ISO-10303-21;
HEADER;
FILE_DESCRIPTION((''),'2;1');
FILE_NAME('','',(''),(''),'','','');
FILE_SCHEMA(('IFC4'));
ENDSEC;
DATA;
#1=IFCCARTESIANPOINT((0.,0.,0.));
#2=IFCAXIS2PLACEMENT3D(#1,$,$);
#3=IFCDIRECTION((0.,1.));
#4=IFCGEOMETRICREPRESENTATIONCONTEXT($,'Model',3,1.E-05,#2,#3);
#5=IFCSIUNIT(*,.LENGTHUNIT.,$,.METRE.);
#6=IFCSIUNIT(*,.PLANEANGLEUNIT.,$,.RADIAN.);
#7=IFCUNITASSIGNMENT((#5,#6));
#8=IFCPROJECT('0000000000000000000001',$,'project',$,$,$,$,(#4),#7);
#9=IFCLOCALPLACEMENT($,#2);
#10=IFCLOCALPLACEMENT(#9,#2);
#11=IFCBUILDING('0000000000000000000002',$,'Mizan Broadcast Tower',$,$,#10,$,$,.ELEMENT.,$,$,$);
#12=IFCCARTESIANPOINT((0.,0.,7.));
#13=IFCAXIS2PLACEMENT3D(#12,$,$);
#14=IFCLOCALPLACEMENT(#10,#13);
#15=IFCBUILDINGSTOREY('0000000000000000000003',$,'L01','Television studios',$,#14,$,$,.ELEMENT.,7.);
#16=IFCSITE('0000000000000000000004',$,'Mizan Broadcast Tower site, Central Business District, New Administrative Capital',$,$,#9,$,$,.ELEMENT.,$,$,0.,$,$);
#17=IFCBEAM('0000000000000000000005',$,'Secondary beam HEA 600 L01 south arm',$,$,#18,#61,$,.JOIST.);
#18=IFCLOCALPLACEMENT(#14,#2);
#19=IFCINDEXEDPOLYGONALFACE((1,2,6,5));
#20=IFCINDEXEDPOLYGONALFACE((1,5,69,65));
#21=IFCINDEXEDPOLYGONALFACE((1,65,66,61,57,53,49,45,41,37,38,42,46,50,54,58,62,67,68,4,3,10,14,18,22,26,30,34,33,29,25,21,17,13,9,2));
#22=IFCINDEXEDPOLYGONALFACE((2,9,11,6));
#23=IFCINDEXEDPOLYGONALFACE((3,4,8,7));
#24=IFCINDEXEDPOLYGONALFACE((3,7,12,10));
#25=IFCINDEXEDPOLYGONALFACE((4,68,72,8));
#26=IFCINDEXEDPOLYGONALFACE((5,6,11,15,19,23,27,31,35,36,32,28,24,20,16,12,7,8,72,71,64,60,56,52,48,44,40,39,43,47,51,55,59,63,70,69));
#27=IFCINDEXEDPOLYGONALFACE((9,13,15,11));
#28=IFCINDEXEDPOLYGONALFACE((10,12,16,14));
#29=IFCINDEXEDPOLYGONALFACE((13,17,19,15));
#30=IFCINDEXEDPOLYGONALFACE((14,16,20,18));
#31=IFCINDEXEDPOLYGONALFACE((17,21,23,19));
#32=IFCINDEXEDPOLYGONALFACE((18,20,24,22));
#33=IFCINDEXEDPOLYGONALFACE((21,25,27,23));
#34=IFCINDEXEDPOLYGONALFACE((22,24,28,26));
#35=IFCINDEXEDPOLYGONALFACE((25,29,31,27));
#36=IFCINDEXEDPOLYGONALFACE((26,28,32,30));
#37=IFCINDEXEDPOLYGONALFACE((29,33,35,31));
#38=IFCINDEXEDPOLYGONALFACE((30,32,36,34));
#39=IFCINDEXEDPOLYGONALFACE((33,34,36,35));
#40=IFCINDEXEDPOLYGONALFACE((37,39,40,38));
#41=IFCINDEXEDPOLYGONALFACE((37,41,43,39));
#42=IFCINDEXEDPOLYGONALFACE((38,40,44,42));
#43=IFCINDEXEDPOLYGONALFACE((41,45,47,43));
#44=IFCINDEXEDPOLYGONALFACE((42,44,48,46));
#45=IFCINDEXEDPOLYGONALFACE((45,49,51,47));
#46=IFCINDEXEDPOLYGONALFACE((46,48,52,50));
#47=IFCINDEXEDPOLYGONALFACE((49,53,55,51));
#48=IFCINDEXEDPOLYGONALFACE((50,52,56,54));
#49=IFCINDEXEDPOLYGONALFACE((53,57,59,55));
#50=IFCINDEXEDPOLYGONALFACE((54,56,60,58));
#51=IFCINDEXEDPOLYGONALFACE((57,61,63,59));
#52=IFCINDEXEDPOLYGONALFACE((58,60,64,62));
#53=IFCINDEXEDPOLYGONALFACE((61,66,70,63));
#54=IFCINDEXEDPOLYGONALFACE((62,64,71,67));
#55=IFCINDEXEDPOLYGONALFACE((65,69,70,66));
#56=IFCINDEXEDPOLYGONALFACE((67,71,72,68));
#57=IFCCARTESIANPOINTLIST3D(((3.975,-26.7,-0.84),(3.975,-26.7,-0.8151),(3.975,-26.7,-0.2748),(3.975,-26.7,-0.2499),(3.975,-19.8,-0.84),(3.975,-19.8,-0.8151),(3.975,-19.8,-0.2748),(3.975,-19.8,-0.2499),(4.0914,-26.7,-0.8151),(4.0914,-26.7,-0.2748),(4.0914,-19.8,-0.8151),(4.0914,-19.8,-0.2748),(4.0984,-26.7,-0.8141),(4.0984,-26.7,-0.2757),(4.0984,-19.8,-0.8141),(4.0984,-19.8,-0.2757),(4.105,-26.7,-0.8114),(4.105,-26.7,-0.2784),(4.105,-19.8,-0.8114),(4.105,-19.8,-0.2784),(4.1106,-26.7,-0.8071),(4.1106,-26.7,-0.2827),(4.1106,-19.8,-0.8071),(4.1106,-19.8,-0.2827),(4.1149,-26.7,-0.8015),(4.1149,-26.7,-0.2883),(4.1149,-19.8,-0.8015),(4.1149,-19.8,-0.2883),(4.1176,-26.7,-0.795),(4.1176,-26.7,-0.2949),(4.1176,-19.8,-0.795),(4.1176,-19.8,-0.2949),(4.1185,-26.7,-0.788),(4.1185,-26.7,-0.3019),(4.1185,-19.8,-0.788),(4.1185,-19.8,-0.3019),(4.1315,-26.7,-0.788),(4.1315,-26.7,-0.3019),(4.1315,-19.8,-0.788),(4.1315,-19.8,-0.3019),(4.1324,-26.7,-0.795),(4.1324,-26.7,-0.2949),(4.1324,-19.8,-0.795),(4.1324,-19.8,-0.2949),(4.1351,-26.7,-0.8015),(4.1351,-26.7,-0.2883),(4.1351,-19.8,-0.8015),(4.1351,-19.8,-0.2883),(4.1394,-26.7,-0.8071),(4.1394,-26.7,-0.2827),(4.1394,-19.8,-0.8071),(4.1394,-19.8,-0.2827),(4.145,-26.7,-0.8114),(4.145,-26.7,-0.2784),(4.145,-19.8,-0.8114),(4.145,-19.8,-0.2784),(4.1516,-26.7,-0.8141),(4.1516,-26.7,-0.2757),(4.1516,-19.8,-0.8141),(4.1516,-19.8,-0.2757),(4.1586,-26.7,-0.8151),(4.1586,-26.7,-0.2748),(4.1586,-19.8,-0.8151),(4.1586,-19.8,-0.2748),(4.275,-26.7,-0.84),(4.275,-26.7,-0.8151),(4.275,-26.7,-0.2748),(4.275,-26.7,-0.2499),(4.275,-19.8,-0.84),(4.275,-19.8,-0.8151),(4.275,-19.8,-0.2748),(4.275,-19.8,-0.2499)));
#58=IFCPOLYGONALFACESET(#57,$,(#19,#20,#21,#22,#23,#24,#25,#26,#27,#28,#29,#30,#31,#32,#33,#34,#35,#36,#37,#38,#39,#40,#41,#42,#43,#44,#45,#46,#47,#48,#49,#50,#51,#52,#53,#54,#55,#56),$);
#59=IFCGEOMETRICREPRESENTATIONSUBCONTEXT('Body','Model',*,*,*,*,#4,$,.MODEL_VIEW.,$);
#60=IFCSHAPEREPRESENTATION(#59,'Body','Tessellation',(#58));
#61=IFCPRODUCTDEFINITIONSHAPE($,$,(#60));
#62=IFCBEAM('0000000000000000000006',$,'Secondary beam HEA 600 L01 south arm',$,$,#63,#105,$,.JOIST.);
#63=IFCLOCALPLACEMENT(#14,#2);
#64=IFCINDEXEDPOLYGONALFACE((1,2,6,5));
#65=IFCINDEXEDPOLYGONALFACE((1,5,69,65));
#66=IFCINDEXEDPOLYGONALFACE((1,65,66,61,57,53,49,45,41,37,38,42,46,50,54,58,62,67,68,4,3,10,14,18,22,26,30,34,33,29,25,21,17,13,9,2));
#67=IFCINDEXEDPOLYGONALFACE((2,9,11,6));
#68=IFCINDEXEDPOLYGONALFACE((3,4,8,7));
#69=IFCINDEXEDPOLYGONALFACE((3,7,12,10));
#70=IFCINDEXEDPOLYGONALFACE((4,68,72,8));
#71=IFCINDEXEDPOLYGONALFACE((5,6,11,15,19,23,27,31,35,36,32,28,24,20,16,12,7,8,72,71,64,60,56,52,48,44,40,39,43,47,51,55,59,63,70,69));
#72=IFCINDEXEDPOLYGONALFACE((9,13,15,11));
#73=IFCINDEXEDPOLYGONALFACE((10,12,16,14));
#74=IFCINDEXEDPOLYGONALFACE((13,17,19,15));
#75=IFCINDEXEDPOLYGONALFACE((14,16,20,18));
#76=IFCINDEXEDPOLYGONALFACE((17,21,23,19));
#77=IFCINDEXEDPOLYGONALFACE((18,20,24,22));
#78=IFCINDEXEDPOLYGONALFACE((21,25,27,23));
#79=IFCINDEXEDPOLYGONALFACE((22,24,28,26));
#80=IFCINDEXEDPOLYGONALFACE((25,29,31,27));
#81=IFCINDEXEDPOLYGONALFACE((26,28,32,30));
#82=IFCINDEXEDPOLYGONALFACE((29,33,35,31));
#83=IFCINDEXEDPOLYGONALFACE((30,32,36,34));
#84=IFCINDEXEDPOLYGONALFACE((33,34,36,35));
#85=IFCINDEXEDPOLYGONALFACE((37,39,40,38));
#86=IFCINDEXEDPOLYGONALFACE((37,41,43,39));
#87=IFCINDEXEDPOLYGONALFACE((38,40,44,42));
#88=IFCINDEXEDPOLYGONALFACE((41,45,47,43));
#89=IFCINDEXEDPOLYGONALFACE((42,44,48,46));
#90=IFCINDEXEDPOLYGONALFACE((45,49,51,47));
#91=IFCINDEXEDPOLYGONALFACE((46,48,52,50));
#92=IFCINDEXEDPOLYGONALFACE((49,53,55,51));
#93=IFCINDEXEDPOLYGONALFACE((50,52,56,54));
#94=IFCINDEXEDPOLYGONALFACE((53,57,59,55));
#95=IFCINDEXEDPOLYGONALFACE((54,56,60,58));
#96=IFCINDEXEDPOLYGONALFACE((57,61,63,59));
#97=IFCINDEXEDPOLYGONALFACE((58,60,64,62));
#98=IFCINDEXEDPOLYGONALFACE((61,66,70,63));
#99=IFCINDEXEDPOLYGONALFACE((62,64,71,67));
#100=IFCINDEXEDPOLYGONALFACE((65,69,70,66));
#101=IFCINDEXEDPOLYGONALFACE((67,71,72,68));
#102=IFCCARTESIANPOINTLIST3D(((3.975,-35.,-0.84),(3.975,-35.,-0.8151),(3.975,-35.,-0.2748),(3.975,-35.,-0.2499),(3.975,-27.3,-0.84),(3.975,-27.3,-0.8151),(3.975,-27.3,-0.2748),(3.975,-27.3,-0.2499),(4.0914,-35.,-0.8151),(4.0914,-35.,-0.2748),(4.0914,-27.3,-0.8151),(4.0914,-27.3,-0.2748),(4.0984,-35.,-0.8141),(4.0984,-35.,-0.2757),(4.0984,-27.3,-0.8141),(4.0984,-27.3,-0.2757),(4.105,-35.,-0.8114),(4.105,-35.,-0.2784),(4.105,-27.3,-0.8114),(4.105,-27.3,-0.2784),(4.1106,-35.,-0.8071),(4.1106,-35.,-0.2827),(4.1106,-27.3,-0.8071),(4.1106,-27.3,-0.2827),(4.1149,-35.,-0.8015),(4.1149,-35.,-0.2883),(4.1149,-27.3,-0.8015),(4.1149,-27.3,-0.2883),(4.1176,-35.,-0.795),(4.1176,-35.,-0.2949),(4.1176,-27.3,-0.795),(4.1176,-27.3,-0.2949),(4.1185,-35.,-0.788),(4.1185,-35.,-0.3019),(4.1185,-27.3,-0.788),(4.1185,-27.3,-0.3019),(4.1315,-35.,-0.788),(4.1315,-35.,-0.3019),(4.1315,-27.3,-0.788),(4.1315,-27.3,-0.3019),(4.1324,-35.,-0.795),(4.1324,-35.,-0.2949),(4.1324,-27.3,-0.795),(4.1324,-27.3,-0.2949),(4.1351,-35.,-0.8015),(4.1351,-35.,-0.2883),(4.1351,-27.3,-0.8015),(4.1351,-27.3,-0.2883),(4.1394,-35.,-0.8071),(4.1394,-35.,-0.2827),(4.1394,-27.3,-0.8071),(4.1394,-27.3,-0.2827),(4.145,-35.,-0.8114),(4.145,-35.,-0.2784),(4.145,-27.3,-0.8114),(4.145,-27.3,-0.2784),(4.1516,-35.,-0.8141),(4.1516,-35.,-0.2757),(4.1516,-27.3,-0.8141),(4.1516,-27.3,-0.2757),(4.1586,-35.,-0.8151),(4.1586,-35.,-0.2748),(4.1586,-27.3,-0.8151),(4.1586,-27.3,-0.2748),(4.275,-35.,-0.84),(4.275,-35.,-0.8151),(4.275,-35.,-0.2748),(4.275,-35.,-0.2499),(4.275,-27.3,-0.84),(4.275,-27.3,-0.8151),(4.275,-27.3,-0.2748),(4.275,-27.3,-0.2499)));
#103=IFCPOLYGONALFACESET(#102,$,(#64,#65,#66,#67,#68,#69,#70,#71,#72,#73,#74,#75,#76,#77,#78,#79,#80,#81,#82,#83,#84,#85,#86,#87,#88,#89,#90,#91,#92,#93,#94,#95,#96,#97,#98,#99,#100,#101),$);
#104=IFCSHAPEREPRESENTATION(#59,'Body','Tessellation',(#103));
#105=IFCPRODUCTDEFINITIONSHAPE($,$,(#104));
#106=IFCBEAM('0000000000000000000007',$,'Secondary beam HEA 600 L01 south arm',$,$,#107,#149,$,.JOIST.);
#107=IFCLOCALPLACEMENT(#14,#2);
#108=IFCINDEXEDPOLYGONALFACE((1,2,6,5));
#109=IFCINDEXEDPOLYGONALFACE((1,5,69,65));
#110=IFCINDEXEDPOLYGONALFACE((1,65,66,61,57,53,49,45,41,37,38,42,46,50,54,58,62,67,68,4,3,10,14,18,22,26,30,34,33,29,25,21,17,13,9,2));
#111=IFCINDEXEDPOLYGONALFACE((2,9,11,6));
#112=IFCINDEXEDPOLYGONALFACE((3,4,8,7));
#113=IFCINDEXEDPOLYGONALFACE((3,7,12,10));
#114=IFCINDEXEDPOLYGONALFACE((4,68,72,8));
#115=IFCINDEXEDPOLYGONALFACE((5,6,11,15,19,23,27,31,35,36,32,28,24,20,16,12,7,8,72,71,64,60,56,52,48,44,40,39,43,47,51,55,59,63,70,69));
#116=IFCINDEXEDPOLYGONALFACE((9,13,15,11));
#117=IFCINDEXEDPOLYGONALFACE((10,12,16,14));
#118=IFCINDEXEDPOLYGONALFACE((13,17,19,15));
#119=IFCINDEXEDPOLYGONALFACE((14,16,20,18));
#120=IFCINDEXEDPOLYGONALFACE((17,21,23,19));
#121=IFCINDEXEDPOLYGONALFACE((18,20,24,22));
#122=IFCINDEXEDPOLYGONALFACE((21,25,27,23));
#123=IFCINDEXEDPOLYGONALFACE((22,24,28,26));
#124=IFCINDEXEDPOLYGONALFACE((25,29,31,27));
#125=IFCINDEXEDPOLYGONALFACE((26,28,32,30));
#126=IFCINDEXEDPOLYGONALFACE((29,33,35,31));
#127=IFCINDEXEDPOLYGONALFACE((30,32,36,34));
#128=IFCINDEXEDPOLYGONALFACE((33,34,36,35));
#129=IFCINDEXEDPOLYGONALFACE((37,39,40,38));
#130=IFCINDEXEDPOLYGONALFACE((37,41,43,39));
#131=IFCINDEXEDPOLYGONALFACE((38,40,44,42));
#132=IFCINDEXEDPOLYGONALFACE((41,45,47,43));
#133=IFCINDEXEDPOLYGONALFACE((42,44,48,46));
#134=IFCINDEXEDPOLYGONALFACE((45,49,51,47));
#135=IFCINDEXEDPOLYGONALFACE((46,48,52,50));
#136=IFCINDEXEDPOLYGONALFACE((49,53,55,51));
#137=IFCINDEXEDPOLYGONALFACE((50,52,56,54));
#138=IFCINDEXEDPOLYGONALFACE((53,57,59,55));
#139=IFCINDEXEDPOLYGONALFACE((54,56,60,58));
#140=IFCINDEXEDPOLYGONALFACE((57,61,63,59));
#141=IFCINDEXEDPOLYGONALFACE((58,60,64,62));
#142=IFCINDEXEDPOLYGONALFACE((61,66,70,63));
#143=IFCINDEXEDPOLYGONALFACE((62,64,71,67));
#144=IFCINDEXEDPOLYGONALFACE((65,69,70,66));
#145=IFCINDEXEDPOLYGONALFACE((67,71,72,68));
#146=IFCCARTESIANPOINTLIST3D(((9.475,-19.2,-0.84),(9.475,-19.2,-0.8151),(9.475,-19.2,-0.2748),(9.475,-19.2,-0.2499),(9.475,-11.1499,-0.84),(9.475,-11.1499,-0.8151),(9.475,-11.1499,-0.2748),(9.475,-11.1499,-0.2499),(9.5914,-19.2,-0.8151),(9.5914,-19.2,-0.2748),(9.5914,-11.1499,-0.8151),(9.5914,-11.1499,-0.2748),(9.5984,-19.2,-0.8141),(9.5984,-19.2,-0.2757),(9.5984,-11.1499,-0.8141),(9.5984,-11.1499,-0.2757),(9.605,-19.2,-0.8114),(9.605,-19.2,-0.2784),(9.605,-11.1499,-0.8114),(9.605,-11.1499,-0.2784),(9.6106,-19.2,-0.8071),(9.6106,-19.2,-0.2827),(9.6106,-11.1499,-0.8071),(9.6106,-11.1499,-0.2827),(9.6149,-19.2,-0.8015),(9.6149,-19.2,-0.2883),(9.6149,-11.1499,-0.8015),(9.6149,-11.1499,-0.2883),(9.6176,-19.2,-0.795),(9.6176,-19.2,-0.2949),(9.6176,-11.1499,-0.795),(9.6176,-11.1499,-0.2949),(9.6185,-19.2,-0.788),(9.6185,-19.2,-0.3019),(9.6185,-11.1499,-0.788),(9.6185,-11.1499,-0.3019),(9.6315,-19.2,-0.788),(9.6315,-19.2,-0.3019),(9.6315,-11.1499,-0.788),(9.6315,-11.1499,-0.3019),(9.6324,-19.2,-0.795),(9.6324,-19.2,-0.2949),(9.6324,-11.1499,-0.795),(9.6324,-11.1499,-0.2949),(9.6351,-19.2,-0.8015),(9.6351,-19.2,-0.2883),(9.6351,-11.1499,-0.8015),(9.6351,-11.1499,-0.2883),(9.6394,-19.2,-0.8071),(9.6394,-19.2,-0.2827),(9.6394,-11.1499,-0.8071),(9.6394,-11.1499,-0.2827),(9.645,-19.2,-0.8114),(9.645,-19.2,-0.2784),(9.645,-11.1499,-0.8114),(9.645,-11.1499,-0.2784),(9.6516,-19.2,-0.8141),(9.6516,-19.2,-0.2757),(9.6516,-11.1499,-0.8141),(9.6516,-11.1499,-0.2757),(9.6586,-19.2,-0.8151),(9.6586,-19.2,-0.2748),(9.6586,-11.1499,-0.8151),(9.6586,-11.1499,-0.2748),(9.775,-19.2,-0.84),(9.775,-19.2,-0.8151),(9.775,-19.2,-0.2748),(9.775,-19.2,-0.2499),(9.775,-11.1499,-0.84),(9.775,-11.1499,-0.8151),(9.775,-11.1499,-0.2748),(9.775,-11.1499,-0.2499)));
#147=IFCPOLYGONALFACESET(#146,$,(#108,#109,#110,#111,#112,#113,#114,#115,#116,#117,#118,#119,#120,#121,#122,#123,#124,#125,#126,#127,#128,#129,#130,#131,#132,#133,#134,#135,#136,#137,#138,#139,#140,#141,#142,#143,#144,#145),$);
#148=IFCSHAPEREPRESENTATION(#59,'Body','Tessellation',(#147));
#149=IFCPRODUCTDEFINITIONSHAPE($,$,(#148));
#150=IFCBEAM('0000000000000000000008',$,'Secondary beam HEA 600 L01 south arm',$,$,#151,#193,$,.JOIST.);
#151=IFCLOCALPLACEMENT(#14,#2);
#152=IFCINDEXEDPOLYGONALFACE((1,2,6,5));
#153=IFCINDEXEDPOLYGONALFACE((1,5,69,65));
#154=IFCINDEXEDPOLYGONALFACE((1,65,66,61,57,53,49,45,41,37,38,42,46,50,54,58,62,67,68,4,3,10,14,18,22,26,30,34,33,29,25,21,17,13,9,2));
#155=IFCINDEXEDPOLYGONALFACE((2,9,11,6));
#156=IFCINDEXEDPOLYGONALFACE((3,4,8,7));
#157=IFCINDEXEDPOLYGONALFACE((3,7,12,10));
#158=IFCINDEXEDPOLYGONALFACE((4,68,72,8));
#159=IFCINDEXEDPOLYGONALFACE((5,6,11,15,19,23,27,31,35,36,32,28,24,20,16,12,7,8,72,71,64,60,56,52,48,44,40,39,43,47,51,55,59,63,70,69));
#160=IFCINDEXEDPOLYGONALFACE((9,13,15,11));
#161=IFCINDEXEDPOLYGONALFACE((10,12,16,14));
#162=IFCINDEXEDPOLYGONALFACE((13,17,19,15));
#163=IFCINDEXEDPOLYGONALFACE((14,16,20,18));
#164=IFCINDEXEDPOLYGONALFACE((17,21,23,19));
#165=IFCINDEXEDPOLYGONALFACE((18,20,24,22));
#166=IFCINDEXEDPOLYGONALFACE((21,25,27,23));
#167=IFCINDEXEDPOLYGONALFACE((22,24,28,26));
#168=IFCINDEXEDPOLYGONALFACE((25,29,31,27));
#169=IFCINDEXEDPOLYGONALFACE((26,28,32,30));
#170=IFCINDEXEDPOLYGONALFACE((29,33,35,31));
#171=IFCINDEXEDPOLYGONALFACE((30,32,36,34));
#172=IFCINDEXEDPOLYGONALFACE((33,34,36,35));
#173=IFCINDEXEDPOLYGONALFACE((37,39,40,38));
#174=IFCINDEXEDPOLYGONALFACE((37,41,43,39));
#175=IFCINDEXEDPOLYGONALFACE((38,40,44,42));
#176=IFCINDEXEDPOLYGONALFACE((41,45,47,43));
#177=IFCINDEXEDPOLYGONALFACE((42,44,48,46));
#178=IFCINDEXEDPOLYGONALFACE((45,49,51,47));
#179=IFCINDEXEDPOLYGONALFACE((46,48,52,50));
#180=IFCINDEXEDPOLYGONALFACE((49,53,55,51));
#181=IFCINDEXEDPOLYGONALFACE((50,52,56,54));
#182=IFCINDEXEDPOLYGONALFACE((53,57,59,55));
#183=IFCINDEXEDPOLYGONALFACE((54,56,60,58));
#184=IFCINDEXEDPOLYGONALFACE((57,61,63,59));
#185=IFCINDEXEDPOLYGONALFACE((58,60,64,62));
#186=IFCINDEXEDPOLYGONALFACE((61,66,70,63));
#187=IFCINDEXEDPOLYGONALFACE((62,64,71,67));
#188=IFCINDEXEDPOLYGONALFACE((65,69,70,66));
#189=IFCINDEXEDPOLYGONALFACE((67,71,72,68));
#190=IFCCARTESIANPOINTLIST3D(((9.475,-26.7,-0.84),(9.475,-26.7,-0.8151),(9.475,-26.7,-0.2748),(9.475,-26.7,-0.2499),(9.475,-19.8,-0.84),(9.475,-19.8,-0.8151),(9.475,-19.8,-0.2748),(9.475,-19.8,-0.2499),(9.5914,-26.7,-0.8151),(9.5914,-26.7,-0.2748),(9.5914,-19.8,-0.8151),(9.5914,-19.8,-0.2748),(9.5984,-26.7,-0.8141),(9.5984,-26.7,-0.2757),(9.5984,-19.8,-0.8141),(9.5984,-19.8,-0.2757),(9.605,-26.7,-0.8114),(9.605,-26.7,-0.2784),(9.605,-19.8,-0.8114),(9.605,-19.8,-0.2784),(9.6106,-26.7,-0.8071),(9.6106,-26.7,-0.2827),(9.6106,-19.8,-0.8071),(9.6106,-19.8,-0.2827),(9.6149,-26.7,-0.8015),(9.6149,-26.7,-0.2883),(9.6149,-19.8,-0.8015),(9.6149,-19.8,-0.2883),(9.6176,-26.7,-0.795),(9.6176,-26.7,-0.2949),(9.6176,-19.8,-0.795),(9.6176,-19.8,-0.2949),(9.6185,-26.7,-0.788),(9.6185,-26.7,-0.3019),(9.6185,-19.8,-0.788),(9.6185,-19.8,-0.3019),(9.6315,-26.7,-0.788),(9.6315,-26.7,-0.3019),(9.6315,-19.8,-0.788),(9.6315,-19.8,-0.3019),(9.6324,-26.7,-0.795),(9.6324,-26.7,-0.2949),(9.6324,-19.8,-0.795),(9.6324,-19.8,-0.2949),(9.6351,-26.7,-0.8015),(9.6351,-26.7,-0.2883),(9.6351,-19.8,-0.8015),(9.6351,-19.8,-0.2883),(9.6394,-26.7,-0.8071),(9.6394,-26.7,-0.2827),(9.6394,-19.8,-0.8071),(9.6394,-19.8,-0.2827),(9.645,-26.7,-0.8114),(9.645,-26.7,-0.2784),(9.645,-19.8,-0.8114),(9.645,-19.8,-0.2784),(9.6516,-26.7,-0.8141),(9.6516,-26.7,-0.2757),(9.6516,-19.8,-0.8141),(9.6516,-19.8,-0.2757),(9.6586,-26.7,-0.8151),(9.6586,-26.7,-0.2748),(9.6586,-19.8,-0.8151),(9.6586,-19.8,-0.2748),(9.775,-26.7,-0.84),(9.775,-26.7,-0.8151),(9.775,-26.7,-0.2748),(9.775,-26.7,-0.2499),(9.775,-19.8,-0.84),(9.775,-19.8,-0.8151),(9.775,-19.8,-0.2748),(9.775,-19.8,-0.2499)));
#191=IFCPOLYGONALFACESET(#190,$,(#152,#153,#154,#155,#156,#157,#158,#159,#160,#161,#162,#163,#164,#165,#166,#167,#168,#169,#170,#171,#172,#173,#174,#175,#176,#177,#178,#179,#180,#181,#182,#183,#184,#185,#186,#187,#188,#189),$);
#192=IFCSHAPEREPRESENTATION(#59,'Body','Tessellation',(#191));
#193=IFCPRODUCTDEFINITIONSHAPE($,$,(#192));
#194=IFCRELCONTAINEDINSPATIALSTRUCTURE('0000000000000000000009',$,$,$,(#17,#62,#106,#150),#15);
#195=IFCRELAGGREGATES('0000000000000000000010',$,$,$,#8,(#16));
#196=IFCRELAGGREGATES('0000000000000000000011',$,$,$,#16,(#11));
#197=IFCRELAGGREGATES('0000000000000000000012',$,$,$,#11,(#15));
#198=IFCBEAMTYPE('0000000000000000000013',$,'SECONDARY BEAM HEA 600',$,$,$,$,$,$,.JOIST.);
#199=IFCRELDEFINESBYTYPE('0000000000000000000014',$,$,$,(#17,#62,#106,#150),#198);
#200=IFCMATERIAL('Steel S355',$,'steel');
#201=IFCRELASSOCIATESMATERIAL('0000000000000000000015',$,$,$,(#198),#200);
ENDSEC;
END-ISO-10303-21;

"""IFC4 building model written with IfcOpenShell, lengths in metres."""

from ifc_helpers import new_model, si_unit, direction, frame, origin, origin_2d, place, context, subcontext, project, spatial, i_section, extrude, material, material_profile, profile_set, type_object, element, save


model = new_model("IFC4")

# Units and contexts
model_context = context("Model", 3, precision=1e-05, world=origin(), true_north=direction((0.0, 1.0)))
body_context = subcontext(model_context, "Body", "Model", "MODEL_VIEW")
ifc_project = project(units=[si_unit("LENGTHUNIT", "METRE"), si_unit("PLANEANGLEUNIT", "RADIAN")], contexts=[model_context])

# Site, building, storey
site_placement = place(None, origin())
site = spatial("IfcSite", under=ifc_project, at=site_placement, Name="Mizan Broadcast Tower site, Central Business District, New Administrative Capital", CompositionType="ELEMENT", RefElevation=0.0)
building_placement = place(site_placement, origin())
building = spatial("IfcBuilding", under=site, at=building_placement, Name="Mizan Broadcast Tower", CompositionType="ELEMENT")
storey_placement = place(building_placement, frame((0.0, 0.0, 7.0)))
storey = spatial("IfcBuildingStorey", under=building, at=storey_placement, Name="L01", Description="Television studios", CompositionType="ELEMENT", Elevation=7.0)

# Beams
ifc_material_1 = material(Name="Steel S355", Category="steel")
ifc_material_profile_1 = material_profile(ifc_material_1, i_section(OverallWidth=0.3, OverallDepth=0.5901, WebThickness=0.0129, FlangeThickness=0.0249, FilletRadius=0.0271, at=origin_2d()), Name="HEA 600")
ifc_profile_set_1 = profile_set([ifc_material_profile_1], Name="Steel S355")
beam_type_1 = type_object("IfcBeamType", Name="SECONDARY BEAM HEA 600", PredefinedType="JOIST", material=ifc_profile_set_1)
beam_1_placement = place(storey_placement, frame((4.125, -19.8, -0.5449), z_axis=(0.0, -1.0, 0.0), x_axis=(1.0, 0.0, 0.0)))
element("IfcBeam", 1, at=beam_1_placement, inside=storey, type_object=beam_type_1, Name="Secondary beam HEA 600 L01 south arm", PredefinedType="JOIST", context=body_context, shape_type="SweptSolid", body=[
    extrude(i_section(OverallWidth=0.3, OverallDepth=0.5901, WebThickness=0.0129, FlangeThickness=0.0249, FilletRadius=0.0271, at=origin_2d()), origin(), (0.0, 0.0, 1.0), 6.8999),
])
beam_2_placement = place(storey_placement, frame((4.125, -27.3, -0.5449), z_axis=(0.0, -1.0, 0.0), x_axis=(1.0, 0.0, 0.0)))
element("IfcBeam", 2, at=beam_2_placement, inside=storey, type_object=beam_type_1, Name="Secondary beam HEA 600 L01 south arm", PredefinedType="JOIST", context=body_context, shape_type="SweptSolid", body=[
    extrude(i_section(OverallWidth=0.3, OverallDepth=0.5901, WebThickness=0.0129, FlangeThickness=0.0249, FilletRadius=0.0271, at=origin_2d()), origin(), (0.0, 0.0, 1.0), 7.7),
])
beam_3_placement = place(storey_placement, frame((9.625, -11.1499, -0.5449), z_axis=(0.0, -1.0, 0.0), x_axis=(1.0, 0.0, 0.0)))
element("IfcBeam", 3, at=beam_3_placement, inside=storey, type_object=beam_type_1, Name="Secondary beam HEA 600 L01 south arm", PredefinedType="JOIST", context=body_context, shape_type="SweptSolid", body=[
    extrude(i_section(OverallWidth=0.3, OverallDepth=0.5901, WebThickness=0.0129, FlangeThickness=0.0249, FilletRadius=0.0271, at=origin_2d()), origin(), (0.0, 0.0, 1.0), 8.05),
])
beam_4_placement = place(storey_placement, frame((9.625, -19.8, -0.5449), z_axis=(0.0, -1.0, 0.0), x_axis=(1.0, 0.0, 0.0)))
element("IfcBeam", 4, at=beam_4_placement, inside=storey, type_object=beam_type_1, Name="Secondary beam HEA 600 L01 south arm", PredefinedType="JOIST", context=body_context, shape_type="SweptSolid", body=[
    extrude(i_section(OverallWidth=0.3, OverallDepth=0.5901, WebThickness=0.0129, FlangeThickness=0.0249, FilletRadius=0.0271, at=origin_2d()), origin(), (0.0, 0.0, 1.0), 6.8999),
])

save(model, "model.ifc")
